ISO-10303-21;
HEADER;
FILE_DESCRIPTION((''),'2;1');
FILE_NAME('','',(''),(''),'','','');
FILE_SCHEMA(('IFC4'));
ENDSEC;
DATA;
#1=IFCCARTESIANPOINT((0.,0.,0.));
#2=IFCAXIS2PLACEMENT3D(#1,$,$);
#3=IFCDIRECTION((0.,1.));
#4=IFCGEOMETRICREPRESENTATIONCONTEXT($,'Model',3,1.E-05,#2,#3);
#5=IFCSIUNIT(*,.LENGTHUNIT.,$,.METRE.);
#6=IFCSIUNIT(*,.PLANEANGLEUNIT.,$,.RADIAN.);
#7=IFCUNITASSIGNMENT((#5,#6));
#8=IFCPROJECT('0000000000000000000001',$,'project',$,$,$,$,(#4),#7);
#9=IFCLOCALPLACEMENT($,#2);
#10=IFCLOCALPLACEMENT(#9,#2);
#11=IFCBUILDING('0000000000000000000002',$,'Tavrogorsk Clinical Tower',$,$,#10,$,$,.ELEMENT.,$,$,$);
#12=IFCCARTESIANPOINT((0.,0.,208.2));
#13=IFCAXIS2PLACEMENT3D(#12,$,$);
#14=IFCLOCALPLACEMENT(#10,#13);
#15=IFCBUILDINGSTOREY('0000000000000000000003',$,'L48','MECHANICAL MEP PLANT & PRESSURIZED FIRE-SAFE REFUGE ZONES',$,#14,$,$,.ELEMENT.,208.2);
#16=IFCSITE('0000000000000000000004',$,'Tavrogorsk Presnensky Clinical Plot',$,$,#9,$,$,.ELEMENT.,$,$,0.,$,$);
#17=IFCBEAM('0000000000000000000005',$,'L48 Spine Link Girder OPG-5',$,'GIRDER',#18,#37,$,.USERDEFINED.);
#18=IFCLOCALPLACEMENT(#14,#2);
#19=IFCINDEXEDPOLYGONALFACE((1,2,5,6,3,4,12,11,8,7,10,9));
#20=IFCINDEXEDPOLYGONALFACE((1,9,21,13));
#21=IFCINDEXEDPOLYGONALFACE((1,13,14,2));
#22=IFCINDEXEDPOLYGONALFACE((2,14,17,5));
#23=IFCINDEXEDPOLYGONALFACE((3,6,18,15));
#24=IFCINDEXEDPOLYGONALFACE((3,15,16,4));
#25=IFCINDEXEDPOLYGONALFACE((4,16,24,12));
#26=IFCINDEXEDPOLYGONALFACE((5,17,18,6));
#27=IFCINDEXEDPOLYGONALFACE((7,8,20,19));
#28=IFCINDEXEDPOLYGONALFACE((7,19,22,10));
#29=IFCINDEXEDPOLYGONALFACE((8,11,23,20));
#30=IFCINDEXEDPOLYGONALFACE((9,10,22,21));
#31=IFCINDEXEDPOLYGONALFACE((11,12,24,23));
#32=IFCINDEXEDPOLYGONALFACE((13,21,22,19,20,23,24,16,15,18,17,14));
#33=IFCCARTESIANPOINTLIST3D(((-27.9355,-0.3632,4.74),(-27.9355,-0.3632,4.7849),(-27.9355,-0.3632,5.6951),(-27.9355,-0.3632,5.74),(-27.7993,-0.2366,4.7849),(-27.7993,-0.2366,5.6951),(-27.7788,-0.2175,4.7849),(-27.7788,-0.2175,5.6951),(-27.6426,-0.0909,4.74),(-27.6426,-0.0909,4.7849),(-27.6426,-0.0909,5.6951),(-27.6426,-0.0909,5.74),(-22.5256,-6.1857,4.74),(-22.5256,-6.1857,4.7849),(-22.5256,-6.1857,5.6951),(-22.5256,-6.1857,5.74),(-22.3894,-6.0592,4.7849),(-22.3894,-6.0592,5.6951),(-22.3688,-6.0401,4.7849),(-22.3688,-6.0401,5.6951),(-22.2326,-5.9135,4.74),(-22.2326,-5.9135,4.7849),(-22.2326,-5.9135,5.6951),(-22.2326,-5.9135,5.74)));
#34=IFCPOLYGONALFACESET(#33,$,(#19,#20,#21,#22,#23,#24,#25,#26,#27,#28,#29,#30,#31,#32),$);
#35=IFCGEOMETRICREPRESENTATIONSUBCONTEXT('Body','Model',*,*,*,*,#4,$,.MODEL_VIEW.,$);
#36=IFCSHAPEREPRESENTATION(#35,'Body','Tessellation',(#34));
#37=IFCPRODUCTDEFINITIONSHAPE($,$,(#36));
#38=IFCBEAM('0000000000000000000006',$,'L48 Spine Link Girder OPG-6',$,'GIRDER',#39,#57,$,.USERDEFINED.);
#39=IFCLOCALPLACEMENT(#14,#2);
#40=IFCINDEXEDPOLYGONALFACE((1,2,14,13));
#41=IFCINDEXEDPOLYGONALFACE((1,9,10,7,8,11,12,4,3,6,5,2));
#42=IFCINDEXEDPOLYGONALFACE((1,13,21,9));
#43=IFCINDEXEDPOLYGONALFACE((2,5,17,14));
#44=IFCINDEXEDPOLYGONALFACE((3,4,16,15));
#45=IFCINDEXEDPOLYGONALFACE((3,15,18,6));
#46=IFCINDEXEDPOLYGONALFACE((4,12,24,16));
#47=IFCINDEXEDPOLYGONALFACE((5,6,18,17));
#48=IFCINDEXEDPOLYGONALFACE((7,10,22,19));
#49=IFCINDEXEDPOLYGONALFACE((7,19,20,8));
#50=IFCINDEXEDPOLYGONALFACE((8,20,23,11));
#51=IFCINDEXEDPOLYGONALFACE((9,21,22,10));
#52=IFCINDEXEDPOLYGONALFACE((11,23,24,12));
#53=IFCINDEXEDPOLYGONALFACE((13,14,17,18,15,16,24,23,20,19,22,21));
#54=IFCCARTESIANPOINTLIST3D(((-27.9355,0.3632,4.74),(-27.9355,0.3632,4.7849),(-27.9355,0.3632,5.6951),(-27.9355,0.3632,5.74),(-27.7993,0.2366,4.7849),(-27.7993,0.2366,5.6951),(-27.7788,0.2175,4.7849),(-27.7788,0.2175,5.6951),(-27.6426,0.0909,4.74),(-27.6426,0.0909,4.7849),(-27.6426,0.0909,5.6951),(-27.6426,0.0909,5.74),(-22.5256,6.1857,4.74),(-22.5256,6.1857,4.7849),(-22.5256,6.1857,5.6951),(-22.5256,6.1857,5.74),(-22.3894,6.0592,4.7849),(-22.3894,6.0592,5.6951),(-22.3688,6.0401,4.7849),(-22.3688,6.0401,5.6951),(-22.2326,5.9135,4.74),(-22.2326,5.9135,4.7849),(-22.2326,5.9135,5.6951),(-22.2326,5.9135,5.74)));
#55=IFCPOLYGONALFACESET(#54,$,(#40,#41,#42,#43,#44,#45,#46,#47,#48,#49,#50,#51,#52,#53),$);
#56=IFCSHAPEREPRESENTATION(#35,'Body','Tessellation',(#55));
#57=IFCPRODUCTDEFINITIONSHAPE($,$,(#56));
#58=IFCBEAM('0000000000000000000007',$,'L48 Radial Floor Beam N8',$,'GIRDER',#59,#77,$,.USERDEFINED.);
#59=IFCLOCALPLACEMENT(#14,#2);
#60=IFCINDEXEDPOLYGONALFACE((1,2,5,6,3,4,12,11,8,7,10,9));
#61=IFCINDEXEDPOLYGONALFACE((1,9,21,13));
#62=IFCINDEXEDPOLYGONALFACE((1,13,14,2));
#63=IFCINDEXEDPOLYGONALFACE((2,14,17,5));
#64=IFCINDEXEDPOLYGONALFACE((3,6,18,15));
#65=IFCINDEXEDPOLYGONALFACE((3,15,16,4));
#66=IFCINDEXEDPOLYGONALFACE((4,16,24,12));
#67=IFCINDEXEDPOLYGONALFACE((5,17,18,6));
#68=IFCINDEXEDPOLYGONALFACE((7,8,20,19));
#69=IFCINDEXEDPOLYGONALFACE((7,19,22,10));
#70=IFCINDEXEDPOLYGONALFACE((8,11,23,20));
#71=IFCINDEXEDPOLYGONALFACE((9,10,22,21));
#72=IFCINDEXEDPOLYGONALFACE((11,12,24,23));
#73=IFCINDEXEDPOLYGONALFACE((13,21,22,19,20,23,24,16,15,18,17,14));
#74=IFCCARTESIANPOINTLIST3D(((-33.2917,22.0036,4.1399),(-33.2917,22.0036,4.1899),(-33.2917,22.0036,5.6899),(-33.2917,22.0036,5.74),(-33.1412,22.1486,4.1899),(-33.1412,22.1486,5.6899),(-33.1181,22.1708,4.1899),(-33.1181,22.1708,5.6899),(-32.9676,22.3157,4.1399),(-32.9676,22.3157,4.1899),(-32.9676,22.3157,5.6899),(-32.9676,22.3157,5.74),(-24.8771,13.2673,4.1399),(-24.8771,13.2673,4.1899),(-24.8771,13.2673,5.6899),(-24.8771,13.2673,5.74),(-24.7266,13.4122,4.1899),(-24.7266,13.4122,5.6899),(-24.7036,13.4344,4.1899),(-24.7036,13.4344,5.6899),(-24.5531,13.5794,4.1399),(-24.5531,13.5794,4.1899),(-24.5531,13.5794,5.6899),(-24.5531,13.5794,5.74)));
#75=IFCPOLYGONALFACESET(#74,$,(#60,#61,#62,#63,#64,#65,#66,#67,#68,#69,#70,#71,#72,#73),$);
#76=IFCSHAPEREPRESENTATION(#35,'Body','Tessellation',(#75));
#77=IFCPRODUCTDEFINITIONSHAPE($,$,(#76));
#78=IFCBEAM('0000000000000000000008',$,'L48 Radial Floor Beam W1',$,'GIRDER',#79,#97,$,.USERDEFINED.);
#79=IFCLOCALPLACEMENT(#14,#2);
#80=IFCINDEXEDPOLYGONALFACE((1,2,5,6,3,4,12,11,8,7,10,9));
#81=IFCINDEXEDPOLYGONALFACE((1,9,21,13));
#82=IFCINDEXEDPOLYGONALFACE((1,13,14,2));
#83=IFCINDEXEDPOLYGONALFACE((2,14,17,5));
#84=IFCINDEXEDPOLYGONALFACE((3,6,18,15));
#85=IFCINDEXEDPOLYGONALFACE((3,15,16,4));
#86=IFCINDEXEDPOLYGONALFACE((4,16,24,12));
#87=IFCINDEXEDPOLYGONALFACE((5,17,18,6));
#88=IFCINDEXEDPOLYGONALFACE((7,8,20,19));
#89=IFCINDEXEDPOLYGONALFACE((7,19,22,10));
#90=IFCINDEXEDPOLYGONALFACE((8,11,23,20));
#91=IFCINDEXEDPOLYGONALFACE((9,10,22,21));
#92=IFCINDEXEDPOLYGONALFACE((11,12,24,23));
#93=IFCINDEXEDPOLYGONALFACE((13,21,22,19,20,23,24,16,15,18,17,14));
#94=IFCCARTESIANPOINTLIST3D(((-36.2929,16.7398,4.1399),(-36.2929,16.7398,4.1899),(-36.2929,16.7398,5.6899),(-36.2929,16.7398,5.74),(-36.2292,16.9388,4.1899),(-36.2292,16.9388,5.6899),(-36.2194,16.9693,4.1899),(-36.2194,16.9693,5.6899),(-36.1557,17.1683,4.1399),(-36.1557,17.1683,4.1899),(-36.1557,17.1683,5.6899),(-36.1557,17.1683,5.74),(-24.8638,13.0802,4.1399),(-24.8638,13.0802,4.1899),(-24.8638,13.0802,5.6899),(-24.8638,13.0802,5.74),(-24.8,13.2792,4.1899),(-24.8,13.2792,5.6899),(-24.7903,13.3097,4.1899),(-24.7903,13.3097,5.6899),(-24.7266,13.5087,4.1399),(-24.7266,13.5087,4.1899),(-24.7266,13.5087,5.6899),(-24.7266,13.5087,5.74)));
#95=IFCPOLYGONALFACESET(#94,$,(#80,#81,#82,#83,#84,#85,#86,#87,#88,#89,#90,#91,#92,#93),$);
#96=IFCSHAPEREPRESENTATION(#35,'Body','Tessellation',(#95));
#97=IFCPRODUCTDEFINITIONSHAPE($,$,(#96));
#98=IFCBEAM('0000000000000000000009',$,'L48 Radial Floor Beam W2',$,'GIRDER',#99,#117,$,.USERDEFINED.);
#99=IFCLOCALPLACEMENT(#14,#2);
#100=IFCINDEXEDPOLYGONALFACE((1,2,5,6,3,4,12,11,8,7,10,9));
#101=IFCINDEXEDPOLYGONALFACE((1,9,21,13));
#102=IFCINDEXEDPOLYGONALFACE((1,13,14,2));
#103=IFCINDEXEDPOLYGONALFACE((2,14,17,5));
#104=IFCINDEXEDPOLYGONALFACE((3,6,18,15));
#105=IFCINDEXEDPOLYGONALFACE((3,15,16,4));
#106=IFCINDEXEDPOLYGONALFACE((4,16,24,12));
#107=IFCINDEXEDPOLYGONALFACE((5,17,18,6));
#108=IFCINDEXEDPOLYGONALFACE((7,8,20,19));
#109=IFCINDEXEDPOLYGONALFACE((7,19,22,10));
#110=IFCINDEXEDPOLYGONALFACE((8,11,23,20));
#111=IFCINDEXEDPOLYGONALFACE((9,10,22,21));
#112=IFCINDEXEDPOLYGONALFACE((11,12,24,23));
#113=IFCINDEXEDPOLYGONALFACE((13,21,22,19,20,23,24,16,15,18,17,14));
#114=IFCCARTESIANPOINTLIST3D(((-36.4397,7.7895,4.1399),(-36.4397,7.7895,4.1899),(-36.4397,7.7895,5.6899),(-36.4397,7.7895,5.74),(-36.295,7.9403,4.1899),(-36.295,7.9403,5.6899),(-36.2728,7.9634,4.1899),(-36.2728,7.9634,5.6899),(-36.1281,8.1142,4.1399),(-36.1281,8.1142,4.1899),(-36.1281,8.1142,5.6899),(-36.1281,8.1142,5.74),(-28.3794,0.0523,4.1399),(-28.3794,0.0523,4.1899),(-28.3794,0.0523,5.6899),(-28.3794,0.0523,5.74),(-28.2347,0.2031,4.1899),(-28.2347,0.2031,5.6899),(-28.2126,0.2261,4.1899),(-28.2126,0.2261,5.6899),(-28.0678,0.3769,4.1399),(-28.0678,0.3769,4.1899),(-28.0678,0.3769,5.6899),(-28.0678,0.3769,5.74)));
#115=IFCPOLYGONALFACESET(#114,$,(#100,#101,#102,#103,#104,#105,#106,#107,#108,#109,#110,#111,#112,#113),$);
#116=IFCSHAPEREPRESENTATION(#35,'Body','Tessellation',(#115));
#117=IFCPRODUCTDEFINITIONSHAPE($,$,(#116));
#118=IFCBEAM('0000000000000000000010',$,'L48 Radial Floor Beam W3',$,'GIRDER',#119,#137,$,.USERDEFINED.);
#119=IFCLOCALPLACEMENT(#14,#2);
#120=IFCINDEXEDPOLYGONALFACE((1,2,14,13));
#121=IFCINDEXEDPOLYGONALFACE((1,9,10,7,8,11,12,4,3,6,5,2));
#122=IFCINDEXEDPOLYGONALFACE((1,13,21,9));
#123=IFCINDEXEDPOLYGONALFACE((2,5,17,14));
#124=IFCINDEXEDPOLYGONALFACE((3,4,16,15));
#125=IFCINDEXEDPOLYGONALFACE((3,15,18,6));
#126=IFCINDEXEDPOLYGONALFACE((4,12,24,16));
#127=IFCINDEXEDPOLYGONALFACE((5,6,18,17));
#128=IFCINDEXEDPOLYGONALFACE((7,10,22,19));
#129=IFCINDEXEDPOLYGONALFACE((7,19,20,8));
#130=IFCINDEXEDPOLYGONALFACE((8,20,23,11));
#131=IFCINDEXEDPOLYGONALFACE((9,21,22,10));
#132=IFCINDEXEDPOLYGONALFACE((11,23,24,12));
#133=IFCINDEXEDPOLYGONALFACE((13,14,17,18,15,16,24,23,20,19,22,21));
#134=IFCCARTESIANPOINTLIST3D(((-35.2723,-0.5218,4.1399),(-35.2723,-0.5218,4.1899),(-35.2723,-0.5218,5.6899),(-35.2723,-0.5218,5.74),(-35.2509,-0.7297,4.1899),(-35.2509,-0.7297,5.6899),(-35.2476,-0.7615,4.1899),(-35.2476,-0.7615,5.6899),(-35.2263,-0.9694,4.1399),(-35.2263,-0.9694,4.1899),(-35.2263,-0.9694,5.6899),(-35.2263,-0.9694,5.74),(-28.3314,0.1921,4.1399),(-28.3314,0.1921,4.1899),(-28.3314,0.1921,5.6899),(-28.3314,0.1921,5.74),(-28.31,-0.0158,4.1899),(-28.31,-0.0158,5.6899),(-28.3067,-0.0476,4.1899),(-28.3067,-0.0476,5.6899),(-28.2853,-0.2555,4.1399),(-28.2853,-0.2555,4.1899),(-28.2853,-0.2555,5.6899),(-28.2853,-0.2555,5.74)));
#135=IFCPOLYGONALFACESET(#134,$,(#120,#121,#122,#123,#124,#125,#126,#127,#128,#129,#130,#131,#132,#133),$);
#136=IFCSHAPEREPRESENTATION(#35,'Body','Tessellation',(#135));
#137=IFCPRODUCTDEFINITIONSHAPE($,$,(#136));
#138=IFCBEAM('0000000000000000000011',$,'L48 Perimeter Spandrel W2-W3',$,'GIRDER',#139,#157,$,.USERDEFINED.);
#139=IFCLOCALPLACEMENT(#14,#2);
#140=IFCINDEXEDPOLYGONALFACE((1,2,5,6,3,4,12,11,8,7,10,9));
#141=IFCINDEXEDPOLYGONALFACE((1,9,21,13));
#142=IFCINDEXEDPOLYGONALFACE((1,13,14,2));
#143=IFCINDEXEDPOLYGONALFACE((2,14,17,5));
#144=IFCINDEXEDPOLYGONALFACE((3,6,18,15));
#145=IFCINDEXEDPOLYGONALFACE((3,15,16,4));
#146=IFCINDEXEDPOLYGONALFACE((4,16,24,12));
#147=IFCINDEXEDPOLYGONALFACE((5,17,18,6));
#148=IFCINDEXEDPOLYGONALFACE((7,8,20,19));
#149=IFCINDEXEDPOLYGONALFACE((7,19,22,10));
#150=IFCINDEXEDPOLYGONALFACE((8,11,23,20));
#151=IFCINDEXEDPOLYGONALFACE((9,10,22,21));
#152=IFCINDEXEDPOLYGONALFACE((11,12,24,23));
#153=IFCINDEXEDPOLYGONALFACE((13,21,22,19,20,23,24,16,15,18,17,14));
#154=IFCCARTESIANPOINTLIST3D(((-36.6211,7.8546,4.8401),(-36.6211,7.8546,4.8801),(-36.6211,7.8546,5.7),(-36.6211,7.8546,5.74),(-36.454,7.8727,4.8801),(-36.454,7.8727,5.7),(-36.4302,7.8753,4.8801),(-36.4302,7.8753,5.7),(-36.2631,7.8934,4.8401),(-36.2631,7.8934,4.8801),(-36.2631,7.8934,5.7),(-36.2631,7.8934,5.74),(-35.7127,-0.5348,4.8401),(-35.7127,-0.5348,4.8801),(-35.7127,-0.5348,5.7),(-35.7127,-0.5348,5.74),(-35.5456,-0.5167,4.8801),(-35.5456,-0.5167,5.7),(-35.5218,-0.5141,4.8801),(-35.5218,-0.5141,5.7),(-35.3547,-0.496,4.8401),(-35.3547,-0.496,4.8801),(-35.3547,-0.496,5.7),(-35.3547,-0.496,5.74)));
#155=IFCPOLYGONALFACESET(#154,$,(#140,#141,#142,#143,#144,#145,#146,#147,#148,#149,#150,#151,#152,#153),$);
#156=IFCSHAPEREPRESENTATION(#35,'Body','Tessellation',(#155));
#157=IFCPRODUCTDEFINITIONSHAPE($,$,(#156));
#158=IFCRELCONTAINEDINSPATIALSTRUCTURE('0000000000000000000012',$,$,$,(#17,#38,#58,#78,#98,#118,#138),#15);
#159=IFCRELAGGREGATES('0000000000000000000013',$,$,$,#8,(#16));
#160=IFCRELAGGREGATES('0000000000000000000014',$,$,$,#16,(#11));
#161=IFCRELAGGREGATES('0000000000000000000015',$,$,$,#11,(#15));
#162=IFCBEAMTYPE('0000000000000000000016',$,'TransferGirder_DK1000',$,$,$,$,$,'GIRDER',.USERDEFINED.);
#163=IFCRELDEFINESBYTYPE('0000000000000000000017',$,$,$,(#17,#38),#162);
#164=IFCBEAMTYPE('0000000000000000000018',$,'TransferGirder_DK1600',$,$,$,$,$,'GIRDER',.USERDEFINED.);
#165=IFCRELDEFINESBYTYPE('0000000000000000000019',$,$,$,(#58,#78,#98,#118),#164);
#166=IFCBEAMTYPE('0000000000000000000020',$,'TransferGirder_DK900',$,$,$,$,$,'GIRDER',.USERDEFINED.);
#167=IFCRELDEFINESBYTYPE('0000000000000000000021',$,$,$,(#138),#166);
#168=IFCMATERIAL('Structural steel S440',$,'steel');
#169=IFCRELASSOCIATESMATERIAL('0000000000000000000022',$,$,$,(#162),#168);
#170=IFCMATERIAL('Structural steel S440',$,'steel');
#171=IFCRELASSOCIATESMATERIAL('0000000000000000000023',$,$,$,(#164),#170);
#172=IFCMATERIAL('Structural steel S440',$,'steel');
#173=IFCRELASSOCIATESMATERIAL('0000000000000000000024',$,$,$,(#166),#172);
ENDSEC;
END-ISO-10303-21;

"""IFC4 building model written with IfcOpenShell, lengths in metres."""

from ifc_helpers import new_model, si_unit, direction, frame, origin, origin_2d, place, context, subcontext, project, spatial, i_section, extrude, material, material_profile, profile_set, type_object, element, save


model = new_model("IFC4")

# Units and contexts
model_context = context("Model", 3, precision=1e-05, world=origin(), true_north=direction((0.0, 1.0)))
body_context = subcontext(model_context, "Body", "Model", "MODEL_VIEW")
ifc_project = project(units=[si_unit("LENGTHUNIT", "METRE"), si_unit("PLANEANGLEUNIT", "RADIAN")], contexts=[model_context])

# Site, building, storey
site_placement = place(None, origin())
site = spatial("IfcSite", under=ifc_project, at=site_placement, Name="Tavrogorsk Presnensky Clinical Plot", CompositionType="ELEMENT", RefElevation=0.0)
building_placement = place(site_placement, origin())
building = spatial("IfcBuilding", under=site, at=building_placement, Name="Tavrogorsk Clinical Tower", CompositionType="ELEMENT")
storey_placement = place(building_placement, frame((0.0, 0.0, 208.2)))
storey = spatial("IfcBuildingStorey", under=building, at=storey_placement, Name="L48", Description="MECHANICAL MEP PLANT & PRESSURIZED FIRE-SAFE REFUGE ZONES", CompositionType="ELEMENT", Elevation=208.2)

# Beams
ifc_material_1 = material(Name="Structural steel S440", Category="steel")
ifc_material_profile_1 = material_profile(ifc_material_1, i_section(OverallWidth=0.3999, OverallDepth=1.0, WebThickness=0.0281, FlangeThickness=0.0449, at=origin_2d()), Name="DK-1000x400x28x45")
ifc_profile_set_1 = profile_set([ifc_material_profile_1], Name="Structural steel S440")
beam_type_1 = type_object("IfcBeamType", Name="TransferGirder_DK1000", ElementType="GIRDER", PredefinedType="USERDEFINED", material=ifc_profile_set_1)
for number, where, z_axis, x_axis, name in (
    (1, (-27.7891, -0.2271, 5.24), (0.680674, -0.732587, 0.0), (0.732587, 0.680674, 0.0), "L48 Spine Link Girder OPG-5"),
    (2, (-27.7891, 0.2271, 5.24), (0.680674, 0.732587, 0.0), (-0.732587, 0.680674, 0.0), "L48 Spine Link Girder OPG-6"),
):
    element("IfcBeam", number, at=place(storey_placement, frame(where, z_axis=z_axis, x_axis=x_axis)), inside=storey, type_object=beam_type_1, Name=name, ObjectType="GIRDER", PredefinedType="USERDEFINED", context=body_context, shape_type="SweptSolid", body=[
        extrude(i_section(OverallWidth=0.3999, OverallDepth=1.0, WebThickness=0.0281, FlangeThickness=0.0449, at=origin_2d()), origin(), (0.0, 0.0, 1.0), 7.948),
    ])
ifc_material_2 = material(Name="Structural steel S440", Category="steel")
ifc_material_profile_2 = material_profile(ifc_material_2, i_section(OverallWidth=0.45, OverallDepth=1.6001, WebThickness=0.032, FlangeThickness=0.05, at=origin_2d()), Name="DK-1600x450x32x50")
ifc_profile_set_2 = profile_set([ifc_material_profile_2], Name="Structural steel S440")
beam_type_2 = type_object("IfcBeamType", Name="TransferGirder_DK1600", ElementType="GIRDER", PredefinedType="USERDEFINED", material=ifc_profile_set_2)
beam_1_placement = place(storey_placement, frame((-24.7151, 13.4233, 4.9399), z_axis=(-0.693718, 0.720246, 0.0), x_axis=(-0.720246, -0.693718, 0.0)))
element("IfcBeam", 3, at=beam_1_placement, inside=storey, type_object=beam_type_2, Name="L48 Radial Floor Beam N8", ObjectType="GIRDER", PredefinedType="USERDEFINED", context=body_context, shape_type="SweptSolid", body=[
    extrude(i_section(OverallWidth=0.45, OverallDepth=1.6001, WebThickness=0.032, FlangeThickness=0.05, at=origin_2d()), origin(), (0.0, 0.0, 1.0), 12.1296),
])
beam_2_placement = place(storey_placement, frame((-24.7952, 13.2944, 4.9399), z_axis=(-0.952368, 0.304951, 0.0), x_axis=(-0.304951, -0.952368, 0.0)))
element("IfcBeam", 4, at=beam_2_placement, inside=storey, type_object=beam_type_2, Name="L48 Radial Floor Beam W1", ObjectType="GIRDER", PredefinedType="USERDEFINED", context=body_context, shape_type="SweptSolid", body=[
    extrude(i_section(OverallWidth=0.45, OverallDepth=1.6001, WebThickness=0.032, FlangeThickness=0.05, at=origin_2d()), origin(), (0.0, 0.0, 1.0), 12.0007),
])
beam_3_placement = place(storey_placement, frame((-28.2236, 0.2146, 4.9399), z_axis=(-0.721414, 0.692505, 0.0), x_axis=(-0.692505, -0.721414, 0.0)))
element("IfcBeam", 5, at=beam_3_placement, inside=storey, type_object=beam_type_2, Name="L48 Radial Floor Beam W2", ObjectType="GIRDER", PredefinedType="USERDEFINED", context=body_context, shape_type="SweptSolid", body=[
    extrude(i_section(OverallWidth=0.45, OverallDepth=1.6001, WebThickness=0.032, FlangeThickness=0.05, at=origin_2d()), origin(), (0.0, 0.0, 1.0), 11.1729),
])
beam_4_placement = place(storey_placement, frame((-28.3083, -0.0317, 4.9399), z_axis=(-0.994753, -0.102309, 0.0), x_axis=(0.102309, -0.994753, 0.0)))
element("IfcBeam", 6, at=beam_4_placement, inside=storey, type_object=beam_type_2, Name="L48 Radial Floor Beam W3", ObjectType="GIRDER", PredefinedType="USERDEFINED", context=body_context, shape_type="SweptSolid", body=[
    extrude(i_section(OverallWidth=0.45, OverallDepth=1.6001, WebThickness=0.032, FlangeThickness=0.05, at=origin_2d()), origin(), (0.0, 0.0, 1.0), 6.9775),
])
ifc_material_3 = material(Name="Structural steel S440", Category="steel")
ifc_material_profile_3 = material_profile(ifc_material_3, i_section(OverallWidth=0.3601, OverallDepth=0.8999, WebThickness=0.0239, FlangeThickness=0.04, at=origin_2d()), Name="DK-900x360x24x40")
ifc_profile_set_3 = profile_set([ifc_material_profile_3], Name="Structural steel S440")
beam_type_3 = type_object("IfcBeamType", Name="TransferGirder_DK900", ElementType="GIRDER", PredefinedType="USERDEFINED", material=ifc_profile_set_3)
beam_5_placement = place(storey_placement, frame((-36.4421, 7.874, 5.29), z_axis=(0.107656, -0.994188, 0.0), x_axis=(0.994188, 0.107656, 0.0)))
element("IfcBeam", 7, at=beam_5_placement, inside=storey, type_object=beam_type_3, Name="L48 Perimeter Spandrel W2-W3", ObjectType="GIRDER", PredefinedType="USERDEFINED", context=body_context, shape_type="SweptSolid", body=[
    extrude(i_section(OverallWidth=0.3601, OverallDepth=0.8999, WebThickness=0.0239, FlangeThickness=0.04, at=origin_2d()), origin(), (0.0, 0.0, 1.0), 8.4385),
])

save(model, "model.ifc")
